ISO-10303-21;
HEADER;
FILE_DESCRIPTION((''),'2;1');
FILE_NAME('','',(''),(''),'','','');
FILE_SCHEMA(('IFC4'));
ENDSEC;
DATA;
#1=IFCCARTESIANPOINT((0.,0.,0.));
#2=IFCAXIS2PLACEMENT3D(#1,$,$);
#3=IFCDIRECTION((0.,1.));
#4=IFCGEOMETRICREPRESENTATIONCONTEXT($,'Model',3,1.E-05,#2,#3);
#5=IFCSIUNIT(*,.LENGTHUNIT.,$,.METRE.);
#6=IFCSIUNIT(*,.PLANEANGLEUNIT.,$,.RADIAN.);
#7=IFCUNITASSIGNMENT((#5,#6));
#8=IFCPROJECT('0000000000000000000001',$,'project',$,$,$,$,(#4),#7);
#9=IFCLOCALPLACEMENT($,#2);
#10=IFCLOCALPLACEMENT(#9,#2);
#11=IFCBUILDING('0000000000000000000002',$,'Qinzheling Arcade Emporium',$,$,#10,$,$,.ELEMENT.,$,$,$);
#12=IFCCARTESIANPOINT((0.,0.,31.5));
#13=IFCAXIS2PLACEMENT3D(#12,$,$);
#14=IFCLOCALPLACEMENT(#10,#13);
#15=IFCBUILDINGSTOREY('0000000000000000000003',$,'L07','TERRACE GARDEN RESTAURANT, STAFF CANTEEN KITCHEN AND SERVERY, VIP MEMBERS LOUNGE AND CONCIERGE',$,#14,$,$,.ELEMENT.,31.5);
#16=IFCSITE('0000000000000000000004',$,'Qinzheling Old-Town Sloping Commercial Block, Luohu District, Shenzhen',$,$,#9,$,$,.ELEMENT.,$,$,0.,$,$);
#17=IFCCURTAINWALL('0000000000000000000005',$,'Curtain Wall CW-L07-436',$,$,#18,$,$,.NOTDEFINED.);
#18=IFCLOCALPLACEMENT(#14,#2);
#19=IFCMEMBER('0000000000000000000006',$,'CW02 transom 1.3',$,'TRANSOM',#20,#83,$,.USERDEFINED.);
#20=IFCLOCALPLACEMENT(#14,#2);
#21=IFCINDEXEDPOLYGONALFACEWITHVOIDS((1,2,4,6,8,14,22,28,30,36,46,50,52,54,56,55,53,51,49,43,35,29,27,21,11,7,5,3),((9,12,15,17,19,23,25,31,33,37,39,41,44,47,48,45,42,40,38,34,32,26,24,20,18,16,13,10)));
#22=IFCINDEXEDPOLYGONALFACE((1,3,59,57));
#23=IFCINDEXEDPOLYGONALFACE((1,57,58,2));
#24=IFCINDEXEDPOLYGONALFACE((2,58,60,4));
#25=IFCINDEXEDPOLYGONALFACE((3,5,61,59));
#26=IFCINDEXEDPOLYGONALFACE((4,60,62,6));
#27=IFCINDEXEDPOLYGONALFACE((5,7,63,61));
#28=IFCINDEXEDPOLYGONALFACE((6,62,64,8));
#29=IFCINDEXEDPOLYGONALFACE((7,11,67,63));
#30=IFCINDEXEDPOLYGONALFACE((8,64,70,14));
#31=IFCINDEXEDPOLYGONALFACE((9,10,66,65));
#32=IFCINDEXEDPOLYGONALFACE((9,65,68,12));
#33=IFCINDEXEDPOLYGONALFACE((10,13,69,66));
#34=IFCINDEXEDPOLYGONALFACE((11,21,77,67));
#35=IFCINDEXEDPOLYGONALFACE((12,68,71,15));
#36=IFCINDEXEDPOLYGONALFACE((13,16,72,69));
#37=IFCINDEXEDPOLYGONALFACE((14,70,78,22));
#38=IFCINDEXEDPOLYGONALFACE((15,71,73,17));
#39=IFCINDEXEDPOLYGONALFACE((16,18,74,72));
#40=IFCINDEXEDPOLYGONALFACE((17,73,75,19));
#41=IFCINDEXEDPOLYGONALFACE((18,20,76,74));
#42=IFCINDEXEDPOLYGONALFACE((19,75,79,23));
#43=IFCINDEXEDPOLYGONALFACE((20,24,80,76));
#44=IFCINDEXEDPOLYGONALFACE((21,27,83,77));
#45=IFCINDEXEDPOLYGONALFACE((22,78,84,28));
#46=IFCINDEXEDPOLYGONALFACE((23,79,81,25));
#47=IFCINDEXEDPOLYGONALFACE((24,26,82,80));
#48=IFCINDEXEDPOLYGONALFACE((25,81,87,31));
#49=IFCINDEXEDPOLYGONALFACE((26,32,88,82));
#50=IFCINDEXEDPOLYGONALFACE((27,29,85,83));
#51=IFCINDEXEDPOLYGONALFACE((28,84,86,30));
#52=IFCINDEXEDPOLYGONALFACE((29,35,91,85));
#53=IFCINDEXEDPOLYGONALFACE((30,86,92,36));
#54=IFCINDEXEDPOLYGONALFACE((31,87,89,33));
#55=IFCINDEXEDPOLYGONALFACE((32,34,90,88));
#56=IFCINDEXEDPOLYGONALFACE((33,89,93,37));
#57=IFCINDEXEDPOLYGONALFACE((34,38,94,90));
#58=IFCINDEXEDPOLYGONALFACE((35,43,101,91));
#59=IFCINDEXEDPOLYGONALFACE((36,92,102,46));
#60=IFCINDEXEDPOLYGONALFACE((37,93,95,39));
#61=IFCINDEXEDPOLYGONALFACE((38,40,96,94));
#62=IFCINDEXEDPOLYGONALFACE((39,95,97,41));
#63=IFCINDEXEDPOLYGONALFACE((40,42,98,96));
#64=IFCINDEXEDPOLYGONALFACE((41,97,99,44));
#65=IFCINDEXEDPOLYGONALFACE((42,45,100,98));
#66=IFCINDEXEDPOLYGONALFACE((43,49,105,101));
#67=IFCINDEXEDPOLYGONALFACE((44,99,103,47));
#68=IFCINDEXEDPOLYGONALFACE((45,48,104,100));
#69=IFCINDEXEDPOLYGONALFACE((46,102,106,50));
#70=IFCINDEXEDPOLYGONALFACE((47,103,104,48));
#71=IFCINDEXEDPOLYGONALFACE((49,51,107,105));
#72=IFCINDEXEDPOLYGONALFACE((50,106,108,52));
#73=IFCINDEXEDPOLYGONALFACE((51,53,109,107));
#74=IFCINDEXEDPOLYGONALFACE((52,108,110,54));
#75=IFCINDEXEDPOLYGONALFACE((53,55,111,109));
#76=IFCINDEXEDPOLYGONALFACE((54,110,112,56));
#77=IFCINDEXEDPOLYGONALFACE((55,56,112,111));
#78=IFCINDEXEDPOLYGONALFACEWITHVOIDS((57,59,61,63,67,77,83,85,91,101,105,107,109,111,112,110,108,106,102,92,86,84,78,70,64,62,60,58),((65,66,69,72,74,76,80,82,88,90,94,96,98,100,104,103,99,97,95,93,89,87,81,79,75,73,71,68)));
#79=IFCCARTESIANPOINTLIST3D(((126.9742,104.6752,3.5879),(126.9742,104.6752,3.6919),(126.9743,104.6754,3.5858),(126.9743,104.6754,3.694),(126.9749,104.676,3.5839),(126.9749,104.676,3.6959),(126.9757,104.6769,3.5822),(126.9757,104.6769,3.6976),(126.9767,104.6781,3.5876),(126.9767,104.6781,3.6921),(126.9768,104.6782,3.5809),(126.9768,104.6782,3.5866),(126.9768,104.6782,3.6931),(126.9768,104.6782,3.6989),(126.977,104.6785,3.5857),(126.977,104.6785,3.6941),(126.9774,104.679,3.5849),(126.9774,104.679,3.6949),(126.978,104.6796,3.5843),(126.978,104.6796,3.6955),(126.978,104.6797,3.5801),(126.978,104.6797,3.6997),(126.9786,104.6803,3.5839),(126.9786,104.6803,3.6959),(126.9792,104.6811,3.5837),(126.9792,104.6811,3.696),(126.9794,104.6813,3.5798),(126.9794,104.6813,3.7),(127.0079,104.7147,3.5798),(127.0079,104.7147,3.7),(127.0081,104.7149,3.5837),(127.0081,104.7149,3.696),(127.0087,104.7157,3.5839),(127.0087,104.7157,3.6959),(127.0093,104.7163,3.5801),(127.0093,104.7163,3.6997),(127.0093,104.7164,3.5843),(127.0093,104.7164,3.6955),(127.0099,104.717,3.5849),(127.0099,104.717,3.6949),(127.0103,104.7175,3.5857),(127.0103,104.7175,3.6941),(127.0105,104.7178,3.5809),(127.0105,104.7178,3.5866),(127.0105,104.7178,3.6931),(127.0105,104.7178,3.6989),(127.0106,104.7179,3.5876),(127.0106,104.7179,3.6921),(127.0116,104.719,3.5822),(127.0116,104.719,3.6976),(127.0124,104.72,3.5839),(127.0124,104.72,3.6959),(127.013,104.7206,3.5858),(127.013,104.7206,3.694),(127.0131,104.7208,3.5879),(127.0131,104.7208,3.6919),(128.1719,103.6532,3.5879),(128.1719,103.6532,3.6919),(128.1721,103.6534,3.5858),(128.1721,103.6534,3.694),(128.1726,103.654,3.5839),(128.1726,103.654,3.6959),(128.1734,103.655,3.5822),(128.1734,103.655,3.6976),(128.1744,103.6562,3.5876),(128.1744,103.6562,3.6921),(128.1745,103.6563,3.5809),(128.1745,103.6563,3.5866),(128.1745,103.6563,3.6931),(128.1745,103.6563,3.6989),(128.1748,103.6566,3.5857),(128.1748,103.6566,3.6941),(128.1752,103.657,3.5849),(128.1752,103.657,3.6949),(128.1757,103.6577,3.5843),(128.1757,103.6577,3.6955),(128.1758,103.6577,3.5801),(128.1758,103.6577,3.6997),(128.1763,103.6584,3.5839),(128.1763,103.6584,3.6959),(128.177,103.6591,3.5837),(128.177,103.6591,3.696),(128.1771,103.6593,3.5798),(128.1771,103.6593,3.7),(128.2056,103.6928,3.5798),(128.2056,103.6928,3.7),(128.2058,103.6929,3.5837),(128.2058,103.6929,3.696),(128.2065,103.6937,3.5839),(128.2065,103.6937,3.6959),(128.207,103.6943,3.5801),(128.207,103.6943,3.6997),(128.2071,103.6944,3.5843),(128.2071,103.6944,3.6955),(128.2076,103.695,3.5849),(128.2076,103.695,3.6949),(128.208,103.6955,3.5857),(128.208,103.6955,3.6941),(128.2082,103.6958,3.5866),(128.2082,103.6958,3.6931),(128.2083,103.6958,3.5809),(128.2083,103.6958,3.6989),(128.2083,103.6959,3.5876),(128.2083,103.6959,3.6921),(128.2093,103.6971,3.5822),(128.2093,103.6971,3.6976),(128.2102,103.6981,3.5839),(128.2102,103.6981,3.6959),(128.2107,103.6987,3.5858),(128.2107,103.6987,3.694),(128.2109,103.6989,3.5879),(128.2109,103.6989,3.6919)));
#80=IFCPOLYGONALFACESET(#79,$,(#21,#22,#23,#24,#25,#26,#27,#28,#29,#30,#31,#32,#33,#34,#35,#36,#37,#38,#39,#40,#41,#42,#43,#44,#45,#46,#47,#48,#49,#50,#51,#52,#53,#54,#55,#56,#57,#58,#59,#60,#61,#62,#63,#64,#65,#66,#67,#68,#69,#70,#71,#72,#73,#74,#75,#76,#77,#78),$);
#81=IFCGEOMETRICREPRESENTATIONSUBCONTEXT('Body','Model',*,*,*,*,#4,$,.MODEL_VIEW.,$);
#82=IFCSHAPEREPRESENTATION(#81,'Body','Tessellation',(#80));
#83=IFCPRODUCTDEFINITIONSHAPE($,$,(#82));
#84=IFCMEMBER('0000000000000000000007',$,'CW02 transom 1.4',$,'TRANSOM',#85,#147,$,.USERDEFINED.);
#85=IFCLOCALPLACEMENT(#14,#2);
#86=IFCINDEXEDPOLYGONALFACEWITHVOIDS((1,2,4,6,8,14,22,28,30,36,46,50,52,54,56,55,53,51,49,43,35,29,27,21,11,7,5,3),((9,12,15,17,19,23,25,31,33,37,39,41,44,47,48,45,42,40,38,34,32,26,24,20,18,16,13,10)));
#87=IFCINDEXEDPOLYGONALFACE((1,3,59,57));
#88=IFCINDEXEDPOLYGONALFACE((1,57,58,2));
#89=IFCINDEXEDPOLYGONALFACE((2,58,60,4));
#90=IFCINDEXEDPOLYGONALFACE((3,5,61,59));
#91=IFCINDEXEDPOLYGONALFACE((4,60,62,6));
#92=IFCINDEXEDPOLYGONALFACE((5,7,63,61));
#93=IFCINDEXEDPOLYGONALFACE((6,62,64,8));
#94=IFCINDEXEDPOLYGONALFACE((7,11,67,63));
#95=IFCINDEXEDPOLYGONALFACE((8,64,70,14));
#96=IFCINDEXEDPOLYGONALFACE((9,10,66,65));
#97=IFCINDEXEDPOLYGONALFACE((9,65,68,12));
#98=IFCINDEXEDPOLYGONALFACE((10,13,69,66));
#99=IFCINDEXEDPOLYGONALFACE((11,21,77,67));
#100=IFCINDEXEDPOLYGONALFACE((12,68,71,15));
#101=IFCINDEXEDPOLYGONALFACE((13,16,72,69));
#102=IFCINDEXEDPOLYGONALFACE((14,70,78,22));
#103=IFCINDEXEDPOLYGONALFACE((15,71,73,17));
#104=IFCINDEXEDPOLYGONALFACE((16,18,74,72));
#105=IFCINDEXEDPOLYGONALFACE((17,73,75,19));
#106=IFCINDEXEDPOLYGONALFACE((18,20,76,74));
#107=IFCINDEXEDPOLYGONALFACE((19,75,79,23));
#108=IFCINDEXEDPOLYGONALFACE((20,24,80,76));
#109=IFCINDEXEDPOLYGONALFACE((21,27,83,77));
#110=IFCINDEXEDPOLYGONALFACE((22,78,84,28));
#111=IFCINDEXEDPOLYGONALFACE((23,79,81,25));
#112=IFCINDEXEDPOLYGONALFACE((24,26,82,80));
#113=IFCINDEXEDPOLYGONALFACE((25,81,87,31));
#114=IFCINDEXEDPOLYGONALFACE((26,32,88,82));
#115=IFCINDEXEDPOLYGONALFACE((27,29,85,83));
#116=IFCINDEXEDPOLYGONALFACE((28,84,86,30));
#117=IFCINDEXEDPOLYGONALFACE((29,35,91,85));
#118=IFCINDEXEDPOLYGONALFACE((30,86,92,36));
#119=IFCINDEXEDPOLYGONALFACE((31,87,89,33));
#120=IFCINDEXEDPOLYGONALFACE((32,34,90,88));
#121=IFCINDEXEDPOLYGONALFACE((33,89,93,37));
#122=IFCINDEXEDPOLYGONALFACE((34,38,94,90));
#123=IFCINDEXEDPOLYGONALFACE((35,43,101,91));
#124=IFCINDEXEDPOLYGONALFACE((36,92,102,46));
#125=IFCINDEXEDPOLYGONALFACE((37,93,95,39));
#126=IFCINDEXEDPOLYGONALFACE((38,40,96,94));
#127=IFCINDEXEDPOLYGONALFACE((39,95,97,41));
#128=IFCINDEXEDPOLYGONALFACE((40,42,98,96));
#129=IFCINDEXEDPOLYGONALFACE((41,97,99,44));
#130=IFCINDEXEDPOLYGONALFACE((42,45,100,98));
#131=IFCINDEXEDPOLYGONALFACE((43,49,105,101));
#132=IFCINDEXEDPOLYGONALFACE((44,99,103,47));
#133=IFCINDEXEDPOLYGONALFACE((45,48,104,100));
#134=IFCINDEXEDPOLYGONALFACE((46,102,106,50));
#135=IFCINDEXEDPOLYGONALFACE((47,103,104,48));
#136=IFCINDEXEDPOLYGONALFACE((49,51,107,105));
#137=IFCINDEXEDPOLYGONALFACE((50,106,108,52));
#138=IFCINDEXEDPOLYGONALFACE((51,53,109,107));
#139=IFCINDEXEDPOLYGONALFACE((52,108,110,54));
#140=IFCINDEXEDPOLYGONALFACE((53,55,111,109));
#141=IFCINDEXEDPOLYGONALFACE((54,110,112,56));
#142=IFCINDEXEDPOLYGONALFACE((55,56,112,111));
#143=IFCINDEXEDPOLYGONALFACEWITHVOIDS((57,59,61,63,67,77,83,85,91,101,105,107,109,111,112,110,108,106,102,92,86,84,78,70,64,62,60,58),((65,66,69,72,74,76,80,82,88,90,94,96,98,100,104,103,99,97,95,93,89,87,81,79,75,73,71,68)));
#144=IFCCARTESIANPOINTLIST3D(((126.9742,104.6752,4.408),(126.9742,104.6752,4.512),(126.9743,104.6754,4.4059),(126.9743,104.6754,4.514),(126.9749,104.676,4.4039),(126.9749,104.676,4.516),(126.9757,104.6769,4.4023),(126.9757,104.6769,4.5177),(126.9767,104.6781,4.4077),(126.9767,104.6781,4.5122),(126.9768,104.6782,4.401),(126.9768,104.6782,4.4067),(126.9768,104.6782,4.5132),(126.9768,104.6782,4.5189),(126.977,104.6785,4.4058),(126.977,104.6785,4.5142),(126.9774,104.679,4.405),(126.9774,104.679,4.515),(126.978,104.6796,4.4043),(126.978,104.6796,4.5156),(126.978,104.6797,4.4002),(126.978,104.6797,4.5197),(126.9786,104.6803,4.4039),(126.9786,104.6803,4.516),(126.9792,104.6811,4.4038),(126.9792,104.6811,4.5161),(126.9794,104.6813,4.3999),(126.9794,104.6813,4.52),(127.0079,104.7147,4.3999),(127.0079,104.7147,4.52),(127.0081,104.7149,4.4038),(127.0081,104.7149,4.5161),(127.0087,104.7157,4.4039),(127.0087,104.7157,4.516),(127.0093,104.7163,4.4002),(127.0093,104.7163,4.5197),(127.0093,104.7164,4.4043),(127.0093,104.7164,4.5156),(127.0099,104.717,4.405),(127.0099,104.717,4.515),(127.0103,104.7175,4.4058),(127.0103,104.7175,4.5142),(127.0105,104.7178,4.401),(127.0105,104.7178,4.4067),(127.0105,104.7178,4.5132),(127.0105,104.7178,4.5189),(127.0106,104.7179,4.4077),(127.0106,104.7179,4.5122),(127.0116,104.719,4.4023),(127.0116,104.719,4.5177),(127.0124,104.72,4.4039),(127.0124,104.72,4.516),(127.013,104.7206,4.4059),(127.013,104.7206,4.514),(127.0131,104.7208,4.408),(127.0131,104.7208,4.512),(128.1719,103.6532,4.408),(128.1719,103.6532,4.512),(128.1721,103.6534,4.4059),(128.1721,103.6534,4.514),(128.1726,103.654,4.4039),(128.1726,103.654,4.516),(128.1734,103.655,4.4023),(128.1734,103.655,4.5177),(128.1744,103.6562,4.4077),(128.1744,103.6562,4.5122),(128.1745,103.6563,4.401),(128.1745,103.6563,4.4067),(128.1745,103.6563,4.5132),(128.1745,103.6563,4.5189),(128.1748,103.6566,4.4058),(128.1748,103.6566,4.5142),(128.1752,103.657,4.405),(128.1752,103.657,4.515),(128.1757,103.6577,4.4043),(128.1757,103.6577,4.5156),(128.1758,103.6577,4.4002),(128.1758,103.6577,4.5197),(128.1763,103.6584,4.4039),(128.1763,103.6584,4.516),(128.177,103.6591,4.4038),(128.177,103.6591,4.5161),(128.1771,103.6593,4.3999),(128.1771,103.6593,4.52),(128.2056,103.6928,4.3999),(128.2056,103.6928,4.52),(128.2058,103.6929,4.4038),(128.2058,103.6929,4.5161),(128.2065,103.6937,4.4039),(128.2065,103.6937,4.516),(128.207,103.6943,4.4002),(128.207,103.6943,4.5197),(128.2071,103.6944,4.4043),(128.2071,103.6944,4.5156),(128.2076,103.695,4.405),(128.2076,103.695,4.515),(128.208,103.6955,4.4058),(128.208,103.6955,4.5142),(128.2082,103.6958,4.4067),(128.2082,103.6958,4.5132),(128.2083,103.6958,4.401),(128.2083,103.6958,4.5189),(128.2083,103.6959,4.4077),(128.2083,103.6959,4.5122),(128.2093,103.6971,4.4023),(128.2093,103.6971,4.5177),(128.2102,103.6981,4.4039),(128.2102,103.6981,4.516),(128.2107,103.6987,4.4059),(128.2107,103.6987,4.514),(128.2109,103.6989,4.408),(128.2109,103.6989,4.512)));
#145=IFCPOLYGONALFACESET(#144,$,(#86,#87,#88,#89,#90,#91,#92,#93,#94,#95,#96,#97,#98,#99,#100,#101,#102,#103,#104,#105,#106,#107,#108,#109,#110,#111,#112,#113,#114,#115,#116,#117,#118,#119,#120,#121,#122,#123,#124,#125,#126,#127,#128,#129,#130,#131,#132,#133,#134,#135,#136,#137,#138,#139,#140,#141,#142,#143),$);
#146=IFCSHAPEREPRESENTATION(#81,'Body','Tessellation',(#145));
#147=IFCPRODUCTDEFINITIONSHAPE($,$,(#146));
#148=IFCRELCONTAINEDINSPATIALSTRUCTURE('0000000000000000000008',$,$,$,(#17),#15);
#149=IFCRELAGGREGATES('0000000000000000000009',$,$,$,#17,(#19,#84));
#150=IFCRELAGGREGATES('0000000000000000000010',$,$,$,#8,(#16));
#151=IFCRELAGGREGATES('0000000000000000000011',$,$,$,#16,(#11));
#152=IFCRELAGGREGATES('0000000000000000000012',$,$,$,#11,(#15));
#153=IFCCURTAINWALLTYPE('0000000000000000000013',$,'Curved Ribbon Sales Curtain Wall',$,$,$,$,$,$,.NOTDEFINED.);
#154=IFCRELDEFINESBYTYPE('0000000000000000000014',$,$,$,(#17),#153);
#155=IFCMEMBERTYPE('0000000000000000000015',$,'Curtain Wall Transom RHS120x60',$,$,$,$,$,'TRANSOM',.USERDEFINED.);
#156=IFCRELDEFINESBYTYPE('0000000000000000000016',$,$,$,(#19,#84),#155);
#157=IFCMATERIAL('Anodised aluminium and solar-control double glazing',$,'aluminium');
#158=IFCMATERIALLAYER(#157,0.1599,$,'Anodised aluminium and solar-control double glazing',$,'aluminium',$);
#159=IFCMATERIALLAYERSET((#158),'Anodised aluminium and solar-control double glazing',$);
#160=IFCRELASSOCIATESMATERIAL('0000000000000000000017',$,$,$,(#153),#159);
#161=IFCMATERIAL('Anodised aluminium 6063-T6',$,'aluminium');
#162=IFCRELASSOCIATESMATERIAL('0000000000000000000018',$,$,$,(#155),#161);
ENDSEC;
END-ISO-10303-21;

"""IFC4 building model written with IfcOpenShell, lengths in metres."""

from ifc_helpers import new_model, si_unit, direction, frame, origin, origin_2d, place, context, subcontext, project, spatial, hollow_rectangle, extrude, material, layer, layer_set, material_profile, profile_set, type_object, element, aggregate, save


model = new_model("IFC4")

# Units and contexts
model_context = context("Model", 3, precision=1e-05, world=origin(), true_north=direction((0.0, 1.0)))
body_context = subcontext(model_context, "Body", "Model", "MODEL_VIEW")
ifc_project = project(units=[si_unit("LENGTHUNIT", "METRE"), si_unit("PLANEANGLEUNIT", "RADIAN")], contexts=[model_context])

# Site, building, storey
site_placement = place(None, origin())
site = spatial("IfcSite", under=ifc_project, at=site_placement, Name="Qinzheling Old-Town Sloping Commercial Block, Luohu District, Shenzhen", CompositionType="ELEMENT", RefElevation=0.0)
building_placement = place(site_placement, origin())
building = spatial("IfcBuilding", under=site, at=building_placement, Name="Qinzheling Arcade Emporium", CompositionType="ELEMENT")
storey_placement = place(building_placement, frame((0.0, 0.0, 31.5)))
storey = spatial("IfcBuildingStorey", under=building, at=storey_placement, Name="L07", Description="TERRACE GARDEN RESTAURANT, STAFF CANTEEN KITCHEN AND SERVERY, VIP MEMBERS LOUNGE AND CONCIERGE", CompositionType="ELEMENT", Elevation=31.5)

# Shared definitions
ifc_material_1 = material(Name="Anodised aluminium and solar-control double glazing", Category="aluminium")
ifc_layer_1 = layer(ifc_material_1, 0.1599, Name="Anodised aluminium and solar-control double glazing", Category="aluminium")
ifc_layer_set_1 = layer_set([ifc_layer_1], Name="Anodised aluminium and solar-control double glazing")
curtain_wall_type = type_object("IfcCurtainWallType", Name="Curved Ribbon Sales Curtain Wall", PredefinedType="NOTDEFINED", material=ifc_layer_set_1)
ifc_material_2 = material(Name="Anodised aluminium 6063-T6", Category="aluminium")

# Curtain wall
curtain_wall_1_placement = place(storey_placement, origin())
curtain_wall_1 = element("IfcCurtainWall", 1, at=curtain_wall_1_placement, inside=storey, type_object=curtain_wall_type, Name="Curtain Wall CW-L07-436", PredefinedType="NOTDEFINED")

# Members
ifc_material_profile_1 = material_profile(ifc_material_2, hollow_rectangle(XDim=0.0601, YDim=0.1201, WallThickness=0.0039, InnerFilletRadius=0.0039, OuterFilletRadius=0.0081, at=origin_2d()), Name="RHS 120x60x4", Category="aluminium")
ifc_profile_set_1 = profile_set([ifc_material_profile_1], Name="Anodised aluminium 6063-T6")
member_type_1 = type_object("IfcMemberType", Name="Curtain Wall Transom RHS120x60", ElementType="TRANSOM", PredefinedType="USERDEFINED", material=ifc_profile_set_1)
member_1_placement = place(storey_placement, frame((126.9937, 104.698, 3.6399), z_axis=(0.760721, -0.649079, 0.0), x_axis=(0.649079, 0.760721, 0.0)))
member_1 = element("IfcMember", 2, at=member_1_placement, type_object=member_type_1, Name="CW02 transom 1.3", ObjectType="TRANSOM", PredefinedType="USERDEFINED", context=body_context, shape_type="SweptSolid", body=[
    extrude(hollow_rectangle(XDim=0.0601, YDim=0.1201, WallThickness=0.0039, InnerFilletRadius=0.0039, OuterFilletRadius=0.0081, at=origin_2d()), origin(), (0.0, 0.0, 1.0), 1.5745),
])
member_2_placement = place(storey_placement, frame((126.9937, 104.698, 4.46), z_axis=(0.760721, -0.649079, 0.0), x_axis=(0.649079, 0.760721, 0.0)))
member_2 = element("IfcMember", 3, at=member_2_placement, type_object=member_type_1, Name="CW02 transom 1.4", ObjectType="TRANSOM", PredefinedType="USERDEFINED", context=body_context, shape_type="SweptSolid", body=[
    extrude(hollow_rectangle(XDim=0.0601, YDim=0.1201, WallThickness=0.0039, InnerFilletRadius=0.0039, OuterFilletRadius=0.0081, at=origin_2d()), origin(), (0.0, 0.0, 1.0), 1.5745),
])

aggregate(curtain_wall_1, [member_1, member_2])

save(model, "model.ifc")
